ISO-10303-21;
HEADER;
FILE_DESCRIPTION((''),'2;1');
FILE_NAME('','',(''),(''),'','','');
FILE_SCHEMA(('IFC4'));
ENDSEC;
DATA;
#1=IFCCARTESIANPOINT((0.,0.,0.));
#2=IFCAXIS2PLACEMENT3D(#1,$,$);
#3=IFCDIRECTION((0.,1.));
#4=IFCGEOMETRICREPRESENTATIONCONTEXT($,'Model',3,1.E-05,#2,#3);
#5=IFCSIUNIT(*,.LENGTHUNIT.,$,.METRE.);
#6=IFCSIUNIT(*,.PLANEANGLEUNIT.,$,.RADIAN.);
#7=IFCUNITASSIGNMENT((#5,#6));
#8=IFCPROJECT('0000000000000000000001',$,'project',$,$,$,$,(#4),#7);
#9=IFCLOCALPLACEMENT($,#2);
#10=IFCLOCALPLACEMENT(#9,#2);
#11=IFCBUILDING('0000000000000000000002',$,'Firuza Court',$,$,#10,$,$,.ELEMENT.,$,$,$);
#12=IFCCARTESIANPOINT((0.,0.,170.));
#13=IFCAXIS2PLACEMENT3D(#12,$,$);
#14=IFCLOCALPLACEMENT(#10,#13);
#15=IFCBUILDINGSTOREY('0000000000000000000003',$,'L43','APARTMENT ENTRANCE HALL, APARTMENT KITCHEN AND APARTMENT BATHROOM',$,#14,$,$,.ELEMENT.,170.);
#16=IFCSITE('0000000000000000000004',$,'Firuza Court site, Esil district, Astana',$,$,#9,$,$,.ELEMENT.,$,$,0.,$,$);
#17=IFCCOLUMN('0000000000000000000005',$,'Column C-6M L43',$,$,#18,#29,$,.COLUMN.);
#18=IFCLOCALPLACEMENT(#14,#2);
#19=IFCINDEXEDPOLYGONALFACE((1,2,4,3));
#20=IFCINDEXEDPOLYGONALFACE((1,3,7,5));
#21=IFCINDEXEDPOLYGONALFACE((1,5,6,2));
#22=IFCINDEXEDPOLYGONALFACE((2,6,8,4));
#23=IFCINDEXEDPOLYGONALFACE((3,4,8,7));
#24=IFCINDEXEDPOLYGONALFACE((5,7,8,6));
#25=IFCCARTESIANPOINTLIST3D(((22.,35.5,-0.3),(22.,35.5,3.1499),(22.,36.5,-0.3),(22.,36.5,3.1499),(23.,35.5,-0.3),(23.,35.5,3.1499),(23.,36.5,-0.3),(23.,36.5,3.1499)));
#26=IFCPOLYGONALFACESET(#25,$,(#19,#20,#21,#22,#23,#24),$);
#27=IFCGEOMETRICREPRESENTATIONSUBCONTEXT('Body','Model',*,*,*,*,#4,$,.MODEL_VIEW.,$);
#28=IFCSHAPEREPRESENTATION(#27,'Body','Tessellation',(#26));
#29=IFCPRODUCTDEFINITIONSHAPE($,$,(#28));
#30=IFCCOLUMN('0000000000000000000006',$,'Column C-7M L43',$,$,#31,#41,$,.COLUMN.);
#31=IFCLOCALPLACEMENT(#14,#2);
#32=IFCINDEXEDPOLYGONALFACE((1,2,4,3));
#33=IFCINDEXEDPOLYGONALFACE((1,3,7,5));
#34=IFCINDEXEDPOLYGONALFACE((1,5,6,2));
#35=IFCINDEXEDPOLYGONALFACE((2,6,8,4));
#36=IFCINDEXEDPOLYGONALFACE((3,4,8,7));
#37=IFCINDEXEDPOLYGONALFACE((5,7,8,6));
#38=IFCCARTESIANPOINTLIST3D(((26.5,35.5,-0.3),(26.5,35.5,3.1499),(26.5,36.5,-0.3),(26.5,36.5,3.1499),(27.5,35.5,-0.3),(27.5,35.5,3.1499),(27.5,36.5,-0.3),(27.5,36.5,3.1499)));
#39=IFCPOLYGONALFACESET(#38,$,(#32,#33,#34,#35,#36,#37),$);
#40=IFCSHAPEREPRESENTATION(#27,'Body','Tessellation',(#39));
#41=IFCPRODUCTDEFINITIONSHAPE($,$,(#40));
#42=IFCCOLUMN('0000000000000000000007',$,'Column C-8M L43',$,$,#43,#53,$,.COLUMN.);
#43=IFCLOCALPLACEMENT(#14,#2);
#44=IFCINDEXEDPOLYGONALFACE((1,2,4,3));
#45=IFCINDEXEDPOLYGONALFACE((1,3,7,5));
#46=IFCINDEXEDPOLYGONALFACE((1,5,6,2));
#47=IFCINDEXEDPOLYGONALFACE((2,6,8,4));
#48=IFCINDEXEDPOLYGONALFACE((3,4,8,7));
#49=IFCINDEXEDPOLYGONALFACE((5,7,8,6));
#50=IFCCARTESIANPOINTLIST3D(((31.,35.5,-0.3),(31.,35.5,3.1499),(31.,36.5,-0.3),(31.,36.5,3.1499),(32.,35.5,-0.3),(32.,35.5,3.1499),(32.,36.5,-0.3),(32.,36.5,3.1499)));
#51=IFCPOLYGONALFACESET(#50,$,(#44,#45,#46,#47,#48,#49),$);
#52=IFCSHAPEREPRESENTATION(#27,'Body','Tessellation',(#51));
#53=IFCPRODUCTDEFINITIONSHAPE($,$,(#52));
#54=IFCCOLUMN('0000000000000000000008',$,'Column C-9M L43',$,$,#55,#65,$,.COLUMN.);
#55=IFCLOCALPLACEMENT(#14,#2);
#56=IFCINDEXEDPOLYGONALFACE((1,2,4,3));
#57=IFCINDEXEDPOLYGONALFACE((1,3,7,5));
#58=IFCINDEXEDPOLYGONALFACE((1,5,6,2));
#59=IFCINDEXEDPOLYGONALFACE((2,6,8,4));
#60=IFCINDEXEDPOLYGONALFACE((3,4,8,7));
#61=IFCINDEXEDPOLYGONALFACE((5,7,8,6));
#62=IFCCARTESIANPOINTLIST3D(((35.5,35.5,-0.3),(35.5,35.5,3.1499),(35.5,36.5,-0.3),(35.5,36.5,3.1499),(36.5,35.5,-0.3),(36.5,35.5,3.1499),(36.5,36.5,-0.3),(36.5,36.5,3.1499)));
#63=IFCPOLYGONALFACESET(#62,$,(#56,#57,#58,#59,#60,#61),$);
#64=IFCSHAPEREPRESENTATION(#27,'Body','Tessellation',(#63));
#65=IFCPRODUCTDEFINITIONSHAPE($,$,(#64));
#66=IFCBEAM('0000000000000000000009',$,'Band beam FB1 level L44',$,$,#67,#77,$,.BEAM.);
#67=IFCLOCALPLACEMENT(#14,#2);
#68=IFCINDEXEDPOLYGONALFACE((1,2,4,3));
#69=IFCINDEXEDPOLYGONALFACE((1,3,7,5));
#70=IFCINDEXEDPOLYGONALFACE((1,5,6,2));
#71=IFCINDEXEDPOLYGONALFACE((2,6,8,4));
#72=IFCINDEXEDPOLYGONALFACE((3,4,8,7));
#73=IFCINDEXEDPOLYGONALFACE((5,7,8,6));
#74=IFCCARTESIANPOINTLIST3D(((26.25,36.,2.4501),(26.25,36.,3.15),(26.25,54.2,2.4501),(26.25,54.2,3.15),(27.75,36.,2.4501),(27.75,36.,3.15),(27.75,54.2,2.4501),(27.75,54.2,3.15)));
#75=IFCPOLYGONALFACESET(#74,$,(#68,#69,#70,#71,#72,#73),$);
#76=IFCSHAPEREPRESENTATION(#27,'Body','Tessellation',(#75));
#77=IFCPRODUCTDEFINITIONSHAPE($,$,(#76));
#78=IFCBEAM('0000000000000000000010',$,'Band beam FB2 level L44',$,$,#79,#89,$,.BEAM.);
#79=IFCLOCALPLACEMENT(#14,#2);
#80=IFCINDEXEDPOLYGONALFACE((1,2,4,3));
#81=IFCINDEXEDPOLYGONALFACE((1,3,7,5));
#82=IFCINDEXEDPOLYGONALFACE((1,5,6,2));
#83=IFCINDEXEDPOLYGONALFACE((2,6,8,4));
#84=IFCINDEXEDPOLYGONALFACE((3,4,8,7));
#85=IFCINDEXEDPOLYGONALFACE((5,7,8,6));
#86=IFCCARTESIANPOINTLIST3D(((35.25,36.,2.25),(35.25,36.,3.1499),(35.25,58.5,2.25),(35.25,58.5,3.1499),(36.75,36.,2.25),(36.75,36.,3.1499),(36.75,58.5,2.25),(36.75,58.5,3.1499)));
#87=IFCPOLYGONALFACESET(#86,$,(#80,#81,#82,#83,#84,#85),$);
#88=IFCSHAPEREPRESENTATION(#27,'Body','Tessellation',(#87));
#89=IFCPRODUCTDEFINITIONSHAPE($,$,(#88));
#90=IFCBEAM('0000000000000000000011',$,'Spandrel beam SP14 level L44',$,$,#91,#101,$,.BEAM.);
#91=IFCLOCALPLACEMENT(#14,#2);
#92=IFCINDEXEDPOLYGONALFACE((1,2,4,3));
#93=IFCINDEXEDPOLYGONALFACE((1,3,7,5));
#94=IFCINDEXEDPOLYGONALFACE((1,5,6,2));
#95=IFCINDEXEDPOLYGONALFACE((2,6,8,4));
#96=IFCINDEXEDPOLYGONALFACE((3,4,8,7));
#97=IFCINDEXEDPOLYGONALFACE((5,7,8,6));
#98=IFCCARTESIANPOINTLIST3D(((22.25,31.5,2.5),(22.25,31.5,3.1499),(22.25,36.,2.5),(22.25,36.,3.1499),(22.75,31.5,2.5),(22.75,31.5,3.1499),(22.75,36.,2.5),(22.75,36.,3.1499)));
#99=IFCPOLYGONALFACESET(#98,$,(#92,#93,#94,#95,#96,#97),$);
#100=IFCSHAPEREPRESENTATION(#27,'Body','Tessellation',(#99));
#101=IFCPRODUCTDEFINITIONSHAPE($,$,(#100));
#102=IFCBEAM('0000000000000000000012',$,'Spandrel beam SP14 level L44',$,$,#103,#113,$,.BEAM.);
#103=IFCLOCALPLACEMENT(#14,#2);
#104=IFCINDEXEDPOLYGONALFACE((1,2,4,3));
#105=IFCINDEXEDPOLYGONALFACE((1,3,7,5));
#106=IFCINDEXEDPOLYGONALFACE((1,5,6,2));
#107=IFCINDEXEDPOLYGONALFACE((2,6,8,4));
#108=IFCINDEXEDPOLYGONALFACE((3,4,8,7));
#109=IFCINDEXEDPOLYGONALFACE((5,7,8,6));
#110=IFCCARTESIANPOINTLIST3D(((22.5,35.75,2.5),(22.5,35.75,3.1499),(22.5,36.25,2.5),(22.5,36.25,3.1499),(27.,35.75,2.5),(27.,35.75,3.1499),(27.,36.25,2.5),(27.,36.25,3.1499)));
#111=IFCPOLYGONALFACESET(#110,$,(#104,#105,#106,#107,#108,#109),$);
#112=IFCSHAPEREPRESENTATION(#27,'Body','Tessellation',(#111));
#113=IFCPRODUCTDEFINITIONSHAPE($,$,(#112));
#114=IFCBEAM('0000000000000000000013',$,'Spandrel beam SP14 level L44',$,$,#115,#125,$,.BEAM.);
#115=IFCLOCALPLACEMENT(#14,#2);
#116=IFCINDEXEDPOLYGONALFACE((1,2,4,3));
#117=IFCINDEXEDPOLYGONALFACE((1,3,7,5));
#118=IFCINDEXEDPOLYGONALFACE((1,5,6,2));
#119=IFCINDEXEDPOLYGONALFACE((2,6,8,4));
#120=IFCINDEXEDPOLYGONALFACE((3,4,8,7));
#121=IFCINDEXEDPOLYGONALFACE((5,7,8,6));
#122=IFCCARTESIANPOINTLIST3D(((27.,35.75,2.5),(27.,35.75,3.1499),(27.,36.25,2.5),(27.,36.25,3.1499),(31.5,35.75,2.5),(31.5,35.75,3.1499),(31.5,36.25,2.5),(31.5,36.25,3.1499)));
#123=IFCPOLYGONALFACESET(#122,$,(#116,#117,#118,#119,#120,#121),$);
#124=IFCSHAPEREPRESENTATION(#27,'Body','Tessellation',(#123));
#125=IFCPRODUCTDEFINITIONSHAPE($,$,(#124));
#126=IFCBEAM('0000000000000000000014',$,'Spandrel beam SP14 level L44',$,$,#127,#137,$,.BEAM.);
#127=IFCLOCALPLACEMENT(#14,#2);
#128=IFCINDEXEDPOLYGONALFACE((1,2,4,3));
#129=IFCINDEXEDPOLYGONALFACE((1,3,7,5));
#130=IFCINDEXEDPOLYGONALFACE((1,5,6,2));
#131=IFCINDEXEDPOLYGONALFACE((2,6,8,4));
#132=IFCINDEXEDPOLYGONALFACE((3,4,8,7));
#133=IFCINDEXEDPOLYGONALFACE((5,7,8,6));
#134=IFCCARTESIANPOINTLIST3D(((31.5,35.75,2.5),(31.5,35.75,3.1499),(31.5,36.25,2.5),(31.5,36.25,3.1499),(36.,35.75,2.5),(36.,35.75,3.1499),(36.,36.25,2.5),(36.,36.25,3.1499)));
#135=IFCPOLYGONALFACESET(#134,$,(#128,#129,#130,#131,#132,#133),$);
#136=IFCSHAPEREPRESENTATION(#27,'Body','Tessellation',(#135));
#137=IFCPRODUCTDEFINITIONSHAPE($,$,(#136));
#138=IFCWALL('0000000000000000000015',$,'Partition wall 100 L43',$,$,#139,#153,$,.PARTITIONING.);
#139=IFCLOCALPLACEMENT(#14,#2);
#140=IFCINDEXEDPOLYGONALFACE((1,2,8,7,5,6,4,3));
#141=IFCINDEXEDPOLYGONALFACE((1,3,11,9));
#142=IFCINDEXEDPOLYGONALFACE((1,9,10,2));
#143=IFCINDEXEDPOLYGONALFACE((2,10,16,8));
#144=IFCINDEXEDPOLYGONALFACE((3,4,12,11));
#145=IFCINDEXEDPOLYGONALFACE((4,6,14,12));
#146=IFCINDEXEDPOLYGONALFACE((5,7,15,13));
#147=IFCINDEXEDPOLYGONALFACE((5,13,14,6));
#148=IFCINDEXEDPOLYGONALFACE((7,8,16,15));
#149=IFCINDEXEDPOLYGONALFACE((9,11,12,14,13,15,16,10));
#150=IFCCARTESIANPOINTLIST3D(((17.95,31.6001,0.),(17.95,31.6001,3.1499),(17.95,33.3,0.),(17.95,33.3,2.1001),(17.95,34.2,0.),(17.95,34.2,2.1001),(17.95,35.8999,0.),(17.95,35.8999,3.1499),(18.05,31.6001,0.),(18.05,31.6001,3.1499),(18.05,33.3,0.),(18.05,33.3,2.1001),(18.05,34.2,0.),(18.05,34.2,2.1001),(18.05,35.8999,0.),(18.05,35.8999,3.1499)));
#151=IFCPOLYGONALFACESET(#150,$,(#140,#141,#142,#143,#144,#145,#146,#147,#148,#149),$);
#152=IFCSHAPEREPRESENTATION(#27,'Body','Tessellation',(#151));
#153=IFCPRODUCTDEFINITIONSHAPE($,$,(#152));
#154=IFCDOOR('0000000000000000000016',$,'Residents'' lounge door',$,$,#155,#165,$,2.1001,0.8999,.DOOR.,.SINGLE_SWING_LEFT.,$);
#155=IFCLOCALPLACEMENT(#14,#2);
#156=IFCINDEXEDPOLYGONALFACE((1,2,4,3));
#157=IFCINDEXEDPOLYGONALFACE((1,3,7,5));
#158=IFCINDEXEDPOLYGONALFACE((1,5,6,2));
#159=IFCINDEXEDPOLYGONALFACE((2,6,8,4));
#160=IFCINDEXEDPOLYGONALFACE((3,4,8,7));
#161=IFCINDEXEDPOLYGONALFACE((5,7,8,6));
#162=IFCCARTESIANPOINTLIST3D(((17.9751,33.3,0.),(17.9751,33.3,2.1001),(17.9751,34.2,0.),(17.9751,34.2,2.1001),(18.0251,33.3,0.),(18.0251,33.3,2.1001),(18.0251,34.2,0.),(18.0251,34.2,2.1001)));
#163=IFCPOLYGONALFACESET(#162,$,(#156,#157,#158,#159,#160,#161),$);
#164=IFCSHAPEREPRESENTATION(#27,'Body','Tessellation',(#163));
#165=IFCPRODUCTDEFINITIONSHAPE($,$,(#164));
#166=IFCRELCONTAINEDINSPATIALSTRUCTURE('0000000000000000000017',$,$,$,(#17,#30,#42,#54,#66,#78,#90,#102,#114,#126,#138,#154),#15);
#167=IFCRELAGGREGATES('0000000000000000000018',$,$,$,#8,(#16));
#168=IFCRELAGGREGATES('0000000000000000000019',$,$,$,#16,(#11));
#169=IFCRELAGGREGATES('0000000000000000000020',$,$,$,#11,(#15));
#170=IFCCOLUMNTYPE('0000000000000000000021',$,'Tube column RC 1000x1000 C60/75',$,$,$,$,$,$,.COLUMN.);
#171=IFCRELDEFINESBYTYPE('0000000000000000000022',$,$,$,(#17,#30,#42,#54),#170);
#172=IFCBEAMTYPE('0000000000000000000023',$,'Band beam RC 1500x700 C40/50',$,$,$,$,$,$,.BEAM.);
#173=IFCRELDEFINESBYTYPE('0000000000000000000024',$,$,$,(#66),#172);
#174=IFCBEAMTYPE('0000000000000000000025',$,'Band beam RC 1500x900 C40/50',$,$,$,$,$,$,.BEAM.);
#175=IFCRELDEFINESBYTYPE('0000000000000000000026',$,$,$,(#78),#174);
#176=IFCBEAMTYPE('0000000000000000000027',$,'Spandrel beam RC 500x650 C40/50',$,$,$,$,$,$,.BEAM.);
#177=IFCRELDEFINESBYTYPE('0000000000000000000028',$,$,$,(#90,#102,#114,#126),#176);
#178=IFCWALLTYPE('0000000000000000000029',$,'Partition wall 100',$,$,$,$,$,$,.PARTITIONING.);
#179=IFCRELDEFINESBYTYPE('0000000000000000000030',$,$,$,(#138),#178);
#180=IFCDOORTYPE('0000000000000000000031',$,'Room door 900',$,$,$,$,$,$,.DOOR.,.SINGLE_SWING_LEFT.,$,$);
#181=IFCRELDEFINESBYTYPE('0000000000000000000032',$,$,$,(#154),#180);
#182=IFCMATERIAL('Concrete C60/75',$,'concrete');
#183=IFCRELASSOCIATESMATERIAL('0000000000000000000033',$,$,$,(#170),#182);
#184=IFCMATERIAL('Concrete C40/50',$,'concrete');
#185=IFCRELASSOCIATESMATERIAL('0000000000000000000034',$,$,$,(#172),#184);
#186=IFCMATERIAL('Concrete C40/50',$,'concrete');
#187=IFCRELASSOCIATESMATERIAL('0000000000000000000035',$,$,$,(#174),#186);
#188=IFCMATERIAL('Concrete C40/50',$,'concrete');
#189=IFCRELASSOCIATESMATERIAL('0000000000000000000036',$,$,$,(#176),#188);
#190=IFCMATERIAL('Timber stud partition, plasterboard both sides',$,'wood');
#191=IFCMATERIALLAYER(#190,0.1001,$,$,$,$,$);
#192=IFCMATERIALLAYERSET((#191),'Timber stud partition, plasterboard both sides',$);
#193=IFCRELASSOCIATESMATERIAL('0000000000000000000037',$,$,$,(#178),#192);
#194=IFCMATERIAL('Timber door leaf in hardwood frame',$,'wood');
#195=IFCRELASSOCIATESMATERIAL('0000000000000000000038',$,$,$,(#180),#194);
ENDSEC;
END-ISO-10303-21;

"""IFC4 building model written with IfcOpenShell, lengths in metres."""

from ifc_helpers import new_model, si_unit, direction, frame, frame_2d, origin, origin_2d, place, context, subcontext, project, spatial, rectangle, extrude, material, layer, layer_set, material_profile, profile_set, type_object, element, fill, save


model = new_model("IFC4")

# Units and contexts
model_context = context("Model", 3, precision=1e-05, world=origin(), true_north=direction((0.0, 1.0)))
body_context = subcontext(model_context, "Body", "Model", "MODEL_VIEW")
ifc_project = project(units=[si_unit("LENGTHUNIT", "METRE"), si_unit("PLANEANGLEUNIT", "RADIAN")], contexts=[model_context])

# Site, building, storey
site_placement = place(None, origin())
site = spatial("IfcSite", under=ifc_project, at=site_placement, Name="Firuza Court site, Esil district, Astana", CompositionType="ELEMENT", RefElevation=0.0)
building_placement = place(site_placement, origin())
building = spatial("IfcBuilding", under=site, at=building_placement, Name="Firuza Court", CompositionType="ELEMENT")
storey_placement = place(building_placement, frame((0.0, 0.0, 170.0)))
storey = spatial("IfcBuildingStorey", under=building, at=storey_placement, Name="L43", Description="APARTMENT ENTRANCE HALL, APARTMENT KITCHEN AND APARTMENT BATHROOM", CompositionType="ELEMENT", Elevation=170.0)

# Columns
ifc_material_1 = material(Name="Concrete C60/75", Category="concrete")
ifc_material_profile_1 = material_profile(ifc_material_1, rectangle(XDim=1.0, YDim=1.0, at=origin_2d()), Name="RC 1000x1000")
ifc_profile_set_1 = profile_set([ifc_material_profile_1], Name="Concrete C60/75")
column_type = type_object("IfcColumnType", Name="Tube column RC 1000x1000 C60/75", PredefinedType="COLUMN", material=ifc_profile_set_1)
for number, where, z_axis, x_axis, name in (
    (1, (22.5, 36.0, -0.3), (0.0, 0.0, 1.0), (1.0, 0.0, 0.0), "Column C-6M L43"),
    (2, (27.0, 36.0, -0.3), (0.0, 0.0, 1.0), (1.0, 0.0, 0.0), "Column C-7M L43"),
    (3, (31.5, 36.0, -0.3), (0.0, 0.0, 1.0), (1.0, 0.0, 0.0), "Column C-8M L43"),
    (4, (36.0, 36.0, -0.3), (0.0, 0.0, 1.0), (1.0, 0.0, 0.0), "Column C-9M L43"),
):
    element("IfcColumn", number, at=place(storey_placement, frame(where, z_axis=z_axis, x_axis=x_axis)), inside=storey, type_object=column_type, Name=name, PredefinedType="COLUMN", context=body_context, shape_type="SweptSolid", body=[
        extrude(rectangle(XDim=1.0, YDim=1.0, at=origin_2d()), origin(), (0.0, 0.0, 1.0), 3.45),
    ])

# Beams
ifc_material_2 = material(Name="Concrete C40/50", Category="concrete")
ifc_material_profile_2 = material_profile(ifc_material_2, rectangle(XDim=1.5, YDim=0.7, at=origin_2d()), Name="RC 1500x700")
ifc_profile_set_2 = profile_set([ifc_material_profile_2], Name="Concrete C40/50")
beam_type_1 = type_object("IfcBeamType", Name="Band beam RC 1500x700 C40/50", PredefinedType="BEAM", material=ifc_profile_set_2)
beam_1_placement = place(storey_placement, frame((27.0, 36.0, 2.8), z_axis=(0.0, 1.0, 0.0), x_axis=(-1.0, 0.0, 0.0)))
element("IfcBeam", 5, at=beam_1_placement, inside=storey, type_object=beam_type_1, Name="Band beam FB1 level L44", PredefinedType="BEAM", context=body_context, shape_type="SweptSolid", body=[
    extrude(rectangle(XDim=1.5, YDim=0.7, at=origin_2d()), origin(), (0.0, 0.0, 1.0), 18.2),
])
ifc_material_3 = material(Name="Concrete C40/50", Category="concrete")
ifc_material_profile_3 = material_profile(ifc_material_3, rectangle(XDim=1.5, YDim=0.8999, at=origin_2d()), Name="RC 1500x900")
ifc_profile_set_3 = profile_set([ifc_material_profile_3], Name="Concrete C40/50")
beam_type_2 = type_object("IfcBeamType", Name="Band beam RC 1500x900 C40/50", PredefinedType="BEAM", material=ifc_profile_set_3)
beam_2_placement = place(storey_placement, frame((36.0, 36.0, 2.7), z_axis=(0.0, 1.0, 0.0), x_axis=(-1.0, 0.0, 0.0)))
element("IfcBeam", 6, at=beam_2_placement, inside=storey, type_object=beam_type_2, Name="Band beam FB2 level L44", PredefinedType="BEAM", context=body_context, shape_type="SweptSolid", body=[
    extrude(rectangle(XDim=1.5, YDim=0.8999, at=origin_2d()), origin(), (0.0, 0.0, 1.0), 22.5),
])
ifc_material_4 = material(Name="Concrete C40/50", Category="concrete")
ifc_material_profile_4 = material_profile(ifc_material_4, rectangle(XDim=0.5, YDim=0.6499, at=origin_2d()), Name="RC 500x650")
ifc_profile_set_4 = profile_set([ifc_material_profile_4], Name="Concrete C40/50")
beam_type_3 = type_object("IfcBeamType", Name="Spandrel beam RC 500x650 C40/50", PredefinedType="BEAM", material=ifc_profile_set_4)
for number, where, z_axis, x_axis, name in (
    (7, (22.5, 31.5, 2.825), (0.0, 1.0, 0.0), (-1.0, 0.0, 0.0), "Spandrel beam SP14 level L44"),
    (8, (22.5, 36.0, 2.825), (1.0, 0.0, 0.0), (0.0, 1.0, 0.0), "Spandrel beam SP14 level L44"),
    (9, (27.0, 36.0, 2.825), (1.0, 0.0, 0.0), (0.0, 1.0, 0.0), "Spandrel beam SP14 level L44"),
    (10, (31.5, 36.0, 2.825), (1.0, 0.0, 0.0), (0.0, 1.0, 0.0), "Spandrel beam SP14 level L44"),
):
    element("IfcBeam", number, at=place(storey_placement, frame(where, z_axis=z_axis, x_axis=x_axis)), inside=storey, type_object=beam_type_3, Name=name, PredefinedType="BEAM", context=body_context, shape_type="SweptSolid", body=[
        extrude(rectangle(XDim=0.5, YDim=0.6499, at=origin_2d()), origin(), (0.0, 0.0, 1.0), 4.5),
    ])

# Wall, opening, door
ifc_material_5 = material(Name="Timber stud partition, plasterboard both sides", Category="wood")
ifc_layer_1 = layer(ifc_material_5, 0.1001)
ifc_layer_set_1 = layer_set([ifc_layer_1], Name="Timber stud partition, plasterboard both sides")
wall_type_1 = type_object("IfcWallType", Name="Partition wall 100", PredefinedType="PARTITIONING", material=ifc_layer_set_1)
wall_1_placement = place(storey_placement, frame((18.0, 31.6001, 0.0), z_axis=(0.0, 0.0, 1.0), x_axis=(0.0, 1.0, 0.0)))
wall_1 = element("IfcWall", 11, at=wall_1_placement, inside=storey, type_object=wall_type_1, Name="Partition wall 100 L43", PredefinedType="PARTITIONING", context=body_context, shape_type="SweptSolid", body=[
    extrude(rectangle(XDim=4.2998, YDim=0.1001, at=frame_2d((2.1499, 0.0))), origin(), (0.0, 0.0, 1.0), 3.1499),
])
opening_1_placement = place(wall_1_placement, frame((1.7, 0.0, 0.0)))
opening_1 = element("IfcOpeningElement", 12, at=opening_1_placement, cuts=wall_1, PredefinedType="OPENING", context=body_context, shape_type="SweptSolid", body=[
    extrude(rectangle(XDim=0.8999, YDim=2.1001, at=frame_2d((0.45, 1.05))), frame((0.0, 0.062, 0.0), z_axis=(0.0, -1.0, 0.0), x_axis=(1.0, 0.0, 0.0)), (0.0, 0.0, 1.0), 0.124),
])
ifc_material_6 = material(Name="Timber door leaf in hardwood frame", Category="wood")
door_type = type_object("IfcDoorType", Name="Room door 900", OperationType="SINGLE_SWING_LEFT", PredefinedType="DOOR", material=ifc_material_6)
door_placement = place(opening_1_placement, origin())
door = element("IfcDoor", 13, at=door_placement, inside=storey, type_object=door_type, Name="Residents' lounge door", OperationType="SINGLE_SWING_LEFT", OverallHeight=2.1001, OverallWidth=0.8999, PredefinedType="DOOR", context=body_context, shape_type="SweptSolid", body=[
    extrude(rectangle(XDim=0.8999, YDim=2.1001, at=frame_2d((0.45, 1.05))), frame((0.0, 0.0249, 0.0), z_axis=(0.0, -1.0, 0.0), x_axis=(1.0, 0.0, 0.0)), (0.0, 0.0, 1.0), 0.05),
])
fill(opening_1, door)

save(model, "model.ifc")
